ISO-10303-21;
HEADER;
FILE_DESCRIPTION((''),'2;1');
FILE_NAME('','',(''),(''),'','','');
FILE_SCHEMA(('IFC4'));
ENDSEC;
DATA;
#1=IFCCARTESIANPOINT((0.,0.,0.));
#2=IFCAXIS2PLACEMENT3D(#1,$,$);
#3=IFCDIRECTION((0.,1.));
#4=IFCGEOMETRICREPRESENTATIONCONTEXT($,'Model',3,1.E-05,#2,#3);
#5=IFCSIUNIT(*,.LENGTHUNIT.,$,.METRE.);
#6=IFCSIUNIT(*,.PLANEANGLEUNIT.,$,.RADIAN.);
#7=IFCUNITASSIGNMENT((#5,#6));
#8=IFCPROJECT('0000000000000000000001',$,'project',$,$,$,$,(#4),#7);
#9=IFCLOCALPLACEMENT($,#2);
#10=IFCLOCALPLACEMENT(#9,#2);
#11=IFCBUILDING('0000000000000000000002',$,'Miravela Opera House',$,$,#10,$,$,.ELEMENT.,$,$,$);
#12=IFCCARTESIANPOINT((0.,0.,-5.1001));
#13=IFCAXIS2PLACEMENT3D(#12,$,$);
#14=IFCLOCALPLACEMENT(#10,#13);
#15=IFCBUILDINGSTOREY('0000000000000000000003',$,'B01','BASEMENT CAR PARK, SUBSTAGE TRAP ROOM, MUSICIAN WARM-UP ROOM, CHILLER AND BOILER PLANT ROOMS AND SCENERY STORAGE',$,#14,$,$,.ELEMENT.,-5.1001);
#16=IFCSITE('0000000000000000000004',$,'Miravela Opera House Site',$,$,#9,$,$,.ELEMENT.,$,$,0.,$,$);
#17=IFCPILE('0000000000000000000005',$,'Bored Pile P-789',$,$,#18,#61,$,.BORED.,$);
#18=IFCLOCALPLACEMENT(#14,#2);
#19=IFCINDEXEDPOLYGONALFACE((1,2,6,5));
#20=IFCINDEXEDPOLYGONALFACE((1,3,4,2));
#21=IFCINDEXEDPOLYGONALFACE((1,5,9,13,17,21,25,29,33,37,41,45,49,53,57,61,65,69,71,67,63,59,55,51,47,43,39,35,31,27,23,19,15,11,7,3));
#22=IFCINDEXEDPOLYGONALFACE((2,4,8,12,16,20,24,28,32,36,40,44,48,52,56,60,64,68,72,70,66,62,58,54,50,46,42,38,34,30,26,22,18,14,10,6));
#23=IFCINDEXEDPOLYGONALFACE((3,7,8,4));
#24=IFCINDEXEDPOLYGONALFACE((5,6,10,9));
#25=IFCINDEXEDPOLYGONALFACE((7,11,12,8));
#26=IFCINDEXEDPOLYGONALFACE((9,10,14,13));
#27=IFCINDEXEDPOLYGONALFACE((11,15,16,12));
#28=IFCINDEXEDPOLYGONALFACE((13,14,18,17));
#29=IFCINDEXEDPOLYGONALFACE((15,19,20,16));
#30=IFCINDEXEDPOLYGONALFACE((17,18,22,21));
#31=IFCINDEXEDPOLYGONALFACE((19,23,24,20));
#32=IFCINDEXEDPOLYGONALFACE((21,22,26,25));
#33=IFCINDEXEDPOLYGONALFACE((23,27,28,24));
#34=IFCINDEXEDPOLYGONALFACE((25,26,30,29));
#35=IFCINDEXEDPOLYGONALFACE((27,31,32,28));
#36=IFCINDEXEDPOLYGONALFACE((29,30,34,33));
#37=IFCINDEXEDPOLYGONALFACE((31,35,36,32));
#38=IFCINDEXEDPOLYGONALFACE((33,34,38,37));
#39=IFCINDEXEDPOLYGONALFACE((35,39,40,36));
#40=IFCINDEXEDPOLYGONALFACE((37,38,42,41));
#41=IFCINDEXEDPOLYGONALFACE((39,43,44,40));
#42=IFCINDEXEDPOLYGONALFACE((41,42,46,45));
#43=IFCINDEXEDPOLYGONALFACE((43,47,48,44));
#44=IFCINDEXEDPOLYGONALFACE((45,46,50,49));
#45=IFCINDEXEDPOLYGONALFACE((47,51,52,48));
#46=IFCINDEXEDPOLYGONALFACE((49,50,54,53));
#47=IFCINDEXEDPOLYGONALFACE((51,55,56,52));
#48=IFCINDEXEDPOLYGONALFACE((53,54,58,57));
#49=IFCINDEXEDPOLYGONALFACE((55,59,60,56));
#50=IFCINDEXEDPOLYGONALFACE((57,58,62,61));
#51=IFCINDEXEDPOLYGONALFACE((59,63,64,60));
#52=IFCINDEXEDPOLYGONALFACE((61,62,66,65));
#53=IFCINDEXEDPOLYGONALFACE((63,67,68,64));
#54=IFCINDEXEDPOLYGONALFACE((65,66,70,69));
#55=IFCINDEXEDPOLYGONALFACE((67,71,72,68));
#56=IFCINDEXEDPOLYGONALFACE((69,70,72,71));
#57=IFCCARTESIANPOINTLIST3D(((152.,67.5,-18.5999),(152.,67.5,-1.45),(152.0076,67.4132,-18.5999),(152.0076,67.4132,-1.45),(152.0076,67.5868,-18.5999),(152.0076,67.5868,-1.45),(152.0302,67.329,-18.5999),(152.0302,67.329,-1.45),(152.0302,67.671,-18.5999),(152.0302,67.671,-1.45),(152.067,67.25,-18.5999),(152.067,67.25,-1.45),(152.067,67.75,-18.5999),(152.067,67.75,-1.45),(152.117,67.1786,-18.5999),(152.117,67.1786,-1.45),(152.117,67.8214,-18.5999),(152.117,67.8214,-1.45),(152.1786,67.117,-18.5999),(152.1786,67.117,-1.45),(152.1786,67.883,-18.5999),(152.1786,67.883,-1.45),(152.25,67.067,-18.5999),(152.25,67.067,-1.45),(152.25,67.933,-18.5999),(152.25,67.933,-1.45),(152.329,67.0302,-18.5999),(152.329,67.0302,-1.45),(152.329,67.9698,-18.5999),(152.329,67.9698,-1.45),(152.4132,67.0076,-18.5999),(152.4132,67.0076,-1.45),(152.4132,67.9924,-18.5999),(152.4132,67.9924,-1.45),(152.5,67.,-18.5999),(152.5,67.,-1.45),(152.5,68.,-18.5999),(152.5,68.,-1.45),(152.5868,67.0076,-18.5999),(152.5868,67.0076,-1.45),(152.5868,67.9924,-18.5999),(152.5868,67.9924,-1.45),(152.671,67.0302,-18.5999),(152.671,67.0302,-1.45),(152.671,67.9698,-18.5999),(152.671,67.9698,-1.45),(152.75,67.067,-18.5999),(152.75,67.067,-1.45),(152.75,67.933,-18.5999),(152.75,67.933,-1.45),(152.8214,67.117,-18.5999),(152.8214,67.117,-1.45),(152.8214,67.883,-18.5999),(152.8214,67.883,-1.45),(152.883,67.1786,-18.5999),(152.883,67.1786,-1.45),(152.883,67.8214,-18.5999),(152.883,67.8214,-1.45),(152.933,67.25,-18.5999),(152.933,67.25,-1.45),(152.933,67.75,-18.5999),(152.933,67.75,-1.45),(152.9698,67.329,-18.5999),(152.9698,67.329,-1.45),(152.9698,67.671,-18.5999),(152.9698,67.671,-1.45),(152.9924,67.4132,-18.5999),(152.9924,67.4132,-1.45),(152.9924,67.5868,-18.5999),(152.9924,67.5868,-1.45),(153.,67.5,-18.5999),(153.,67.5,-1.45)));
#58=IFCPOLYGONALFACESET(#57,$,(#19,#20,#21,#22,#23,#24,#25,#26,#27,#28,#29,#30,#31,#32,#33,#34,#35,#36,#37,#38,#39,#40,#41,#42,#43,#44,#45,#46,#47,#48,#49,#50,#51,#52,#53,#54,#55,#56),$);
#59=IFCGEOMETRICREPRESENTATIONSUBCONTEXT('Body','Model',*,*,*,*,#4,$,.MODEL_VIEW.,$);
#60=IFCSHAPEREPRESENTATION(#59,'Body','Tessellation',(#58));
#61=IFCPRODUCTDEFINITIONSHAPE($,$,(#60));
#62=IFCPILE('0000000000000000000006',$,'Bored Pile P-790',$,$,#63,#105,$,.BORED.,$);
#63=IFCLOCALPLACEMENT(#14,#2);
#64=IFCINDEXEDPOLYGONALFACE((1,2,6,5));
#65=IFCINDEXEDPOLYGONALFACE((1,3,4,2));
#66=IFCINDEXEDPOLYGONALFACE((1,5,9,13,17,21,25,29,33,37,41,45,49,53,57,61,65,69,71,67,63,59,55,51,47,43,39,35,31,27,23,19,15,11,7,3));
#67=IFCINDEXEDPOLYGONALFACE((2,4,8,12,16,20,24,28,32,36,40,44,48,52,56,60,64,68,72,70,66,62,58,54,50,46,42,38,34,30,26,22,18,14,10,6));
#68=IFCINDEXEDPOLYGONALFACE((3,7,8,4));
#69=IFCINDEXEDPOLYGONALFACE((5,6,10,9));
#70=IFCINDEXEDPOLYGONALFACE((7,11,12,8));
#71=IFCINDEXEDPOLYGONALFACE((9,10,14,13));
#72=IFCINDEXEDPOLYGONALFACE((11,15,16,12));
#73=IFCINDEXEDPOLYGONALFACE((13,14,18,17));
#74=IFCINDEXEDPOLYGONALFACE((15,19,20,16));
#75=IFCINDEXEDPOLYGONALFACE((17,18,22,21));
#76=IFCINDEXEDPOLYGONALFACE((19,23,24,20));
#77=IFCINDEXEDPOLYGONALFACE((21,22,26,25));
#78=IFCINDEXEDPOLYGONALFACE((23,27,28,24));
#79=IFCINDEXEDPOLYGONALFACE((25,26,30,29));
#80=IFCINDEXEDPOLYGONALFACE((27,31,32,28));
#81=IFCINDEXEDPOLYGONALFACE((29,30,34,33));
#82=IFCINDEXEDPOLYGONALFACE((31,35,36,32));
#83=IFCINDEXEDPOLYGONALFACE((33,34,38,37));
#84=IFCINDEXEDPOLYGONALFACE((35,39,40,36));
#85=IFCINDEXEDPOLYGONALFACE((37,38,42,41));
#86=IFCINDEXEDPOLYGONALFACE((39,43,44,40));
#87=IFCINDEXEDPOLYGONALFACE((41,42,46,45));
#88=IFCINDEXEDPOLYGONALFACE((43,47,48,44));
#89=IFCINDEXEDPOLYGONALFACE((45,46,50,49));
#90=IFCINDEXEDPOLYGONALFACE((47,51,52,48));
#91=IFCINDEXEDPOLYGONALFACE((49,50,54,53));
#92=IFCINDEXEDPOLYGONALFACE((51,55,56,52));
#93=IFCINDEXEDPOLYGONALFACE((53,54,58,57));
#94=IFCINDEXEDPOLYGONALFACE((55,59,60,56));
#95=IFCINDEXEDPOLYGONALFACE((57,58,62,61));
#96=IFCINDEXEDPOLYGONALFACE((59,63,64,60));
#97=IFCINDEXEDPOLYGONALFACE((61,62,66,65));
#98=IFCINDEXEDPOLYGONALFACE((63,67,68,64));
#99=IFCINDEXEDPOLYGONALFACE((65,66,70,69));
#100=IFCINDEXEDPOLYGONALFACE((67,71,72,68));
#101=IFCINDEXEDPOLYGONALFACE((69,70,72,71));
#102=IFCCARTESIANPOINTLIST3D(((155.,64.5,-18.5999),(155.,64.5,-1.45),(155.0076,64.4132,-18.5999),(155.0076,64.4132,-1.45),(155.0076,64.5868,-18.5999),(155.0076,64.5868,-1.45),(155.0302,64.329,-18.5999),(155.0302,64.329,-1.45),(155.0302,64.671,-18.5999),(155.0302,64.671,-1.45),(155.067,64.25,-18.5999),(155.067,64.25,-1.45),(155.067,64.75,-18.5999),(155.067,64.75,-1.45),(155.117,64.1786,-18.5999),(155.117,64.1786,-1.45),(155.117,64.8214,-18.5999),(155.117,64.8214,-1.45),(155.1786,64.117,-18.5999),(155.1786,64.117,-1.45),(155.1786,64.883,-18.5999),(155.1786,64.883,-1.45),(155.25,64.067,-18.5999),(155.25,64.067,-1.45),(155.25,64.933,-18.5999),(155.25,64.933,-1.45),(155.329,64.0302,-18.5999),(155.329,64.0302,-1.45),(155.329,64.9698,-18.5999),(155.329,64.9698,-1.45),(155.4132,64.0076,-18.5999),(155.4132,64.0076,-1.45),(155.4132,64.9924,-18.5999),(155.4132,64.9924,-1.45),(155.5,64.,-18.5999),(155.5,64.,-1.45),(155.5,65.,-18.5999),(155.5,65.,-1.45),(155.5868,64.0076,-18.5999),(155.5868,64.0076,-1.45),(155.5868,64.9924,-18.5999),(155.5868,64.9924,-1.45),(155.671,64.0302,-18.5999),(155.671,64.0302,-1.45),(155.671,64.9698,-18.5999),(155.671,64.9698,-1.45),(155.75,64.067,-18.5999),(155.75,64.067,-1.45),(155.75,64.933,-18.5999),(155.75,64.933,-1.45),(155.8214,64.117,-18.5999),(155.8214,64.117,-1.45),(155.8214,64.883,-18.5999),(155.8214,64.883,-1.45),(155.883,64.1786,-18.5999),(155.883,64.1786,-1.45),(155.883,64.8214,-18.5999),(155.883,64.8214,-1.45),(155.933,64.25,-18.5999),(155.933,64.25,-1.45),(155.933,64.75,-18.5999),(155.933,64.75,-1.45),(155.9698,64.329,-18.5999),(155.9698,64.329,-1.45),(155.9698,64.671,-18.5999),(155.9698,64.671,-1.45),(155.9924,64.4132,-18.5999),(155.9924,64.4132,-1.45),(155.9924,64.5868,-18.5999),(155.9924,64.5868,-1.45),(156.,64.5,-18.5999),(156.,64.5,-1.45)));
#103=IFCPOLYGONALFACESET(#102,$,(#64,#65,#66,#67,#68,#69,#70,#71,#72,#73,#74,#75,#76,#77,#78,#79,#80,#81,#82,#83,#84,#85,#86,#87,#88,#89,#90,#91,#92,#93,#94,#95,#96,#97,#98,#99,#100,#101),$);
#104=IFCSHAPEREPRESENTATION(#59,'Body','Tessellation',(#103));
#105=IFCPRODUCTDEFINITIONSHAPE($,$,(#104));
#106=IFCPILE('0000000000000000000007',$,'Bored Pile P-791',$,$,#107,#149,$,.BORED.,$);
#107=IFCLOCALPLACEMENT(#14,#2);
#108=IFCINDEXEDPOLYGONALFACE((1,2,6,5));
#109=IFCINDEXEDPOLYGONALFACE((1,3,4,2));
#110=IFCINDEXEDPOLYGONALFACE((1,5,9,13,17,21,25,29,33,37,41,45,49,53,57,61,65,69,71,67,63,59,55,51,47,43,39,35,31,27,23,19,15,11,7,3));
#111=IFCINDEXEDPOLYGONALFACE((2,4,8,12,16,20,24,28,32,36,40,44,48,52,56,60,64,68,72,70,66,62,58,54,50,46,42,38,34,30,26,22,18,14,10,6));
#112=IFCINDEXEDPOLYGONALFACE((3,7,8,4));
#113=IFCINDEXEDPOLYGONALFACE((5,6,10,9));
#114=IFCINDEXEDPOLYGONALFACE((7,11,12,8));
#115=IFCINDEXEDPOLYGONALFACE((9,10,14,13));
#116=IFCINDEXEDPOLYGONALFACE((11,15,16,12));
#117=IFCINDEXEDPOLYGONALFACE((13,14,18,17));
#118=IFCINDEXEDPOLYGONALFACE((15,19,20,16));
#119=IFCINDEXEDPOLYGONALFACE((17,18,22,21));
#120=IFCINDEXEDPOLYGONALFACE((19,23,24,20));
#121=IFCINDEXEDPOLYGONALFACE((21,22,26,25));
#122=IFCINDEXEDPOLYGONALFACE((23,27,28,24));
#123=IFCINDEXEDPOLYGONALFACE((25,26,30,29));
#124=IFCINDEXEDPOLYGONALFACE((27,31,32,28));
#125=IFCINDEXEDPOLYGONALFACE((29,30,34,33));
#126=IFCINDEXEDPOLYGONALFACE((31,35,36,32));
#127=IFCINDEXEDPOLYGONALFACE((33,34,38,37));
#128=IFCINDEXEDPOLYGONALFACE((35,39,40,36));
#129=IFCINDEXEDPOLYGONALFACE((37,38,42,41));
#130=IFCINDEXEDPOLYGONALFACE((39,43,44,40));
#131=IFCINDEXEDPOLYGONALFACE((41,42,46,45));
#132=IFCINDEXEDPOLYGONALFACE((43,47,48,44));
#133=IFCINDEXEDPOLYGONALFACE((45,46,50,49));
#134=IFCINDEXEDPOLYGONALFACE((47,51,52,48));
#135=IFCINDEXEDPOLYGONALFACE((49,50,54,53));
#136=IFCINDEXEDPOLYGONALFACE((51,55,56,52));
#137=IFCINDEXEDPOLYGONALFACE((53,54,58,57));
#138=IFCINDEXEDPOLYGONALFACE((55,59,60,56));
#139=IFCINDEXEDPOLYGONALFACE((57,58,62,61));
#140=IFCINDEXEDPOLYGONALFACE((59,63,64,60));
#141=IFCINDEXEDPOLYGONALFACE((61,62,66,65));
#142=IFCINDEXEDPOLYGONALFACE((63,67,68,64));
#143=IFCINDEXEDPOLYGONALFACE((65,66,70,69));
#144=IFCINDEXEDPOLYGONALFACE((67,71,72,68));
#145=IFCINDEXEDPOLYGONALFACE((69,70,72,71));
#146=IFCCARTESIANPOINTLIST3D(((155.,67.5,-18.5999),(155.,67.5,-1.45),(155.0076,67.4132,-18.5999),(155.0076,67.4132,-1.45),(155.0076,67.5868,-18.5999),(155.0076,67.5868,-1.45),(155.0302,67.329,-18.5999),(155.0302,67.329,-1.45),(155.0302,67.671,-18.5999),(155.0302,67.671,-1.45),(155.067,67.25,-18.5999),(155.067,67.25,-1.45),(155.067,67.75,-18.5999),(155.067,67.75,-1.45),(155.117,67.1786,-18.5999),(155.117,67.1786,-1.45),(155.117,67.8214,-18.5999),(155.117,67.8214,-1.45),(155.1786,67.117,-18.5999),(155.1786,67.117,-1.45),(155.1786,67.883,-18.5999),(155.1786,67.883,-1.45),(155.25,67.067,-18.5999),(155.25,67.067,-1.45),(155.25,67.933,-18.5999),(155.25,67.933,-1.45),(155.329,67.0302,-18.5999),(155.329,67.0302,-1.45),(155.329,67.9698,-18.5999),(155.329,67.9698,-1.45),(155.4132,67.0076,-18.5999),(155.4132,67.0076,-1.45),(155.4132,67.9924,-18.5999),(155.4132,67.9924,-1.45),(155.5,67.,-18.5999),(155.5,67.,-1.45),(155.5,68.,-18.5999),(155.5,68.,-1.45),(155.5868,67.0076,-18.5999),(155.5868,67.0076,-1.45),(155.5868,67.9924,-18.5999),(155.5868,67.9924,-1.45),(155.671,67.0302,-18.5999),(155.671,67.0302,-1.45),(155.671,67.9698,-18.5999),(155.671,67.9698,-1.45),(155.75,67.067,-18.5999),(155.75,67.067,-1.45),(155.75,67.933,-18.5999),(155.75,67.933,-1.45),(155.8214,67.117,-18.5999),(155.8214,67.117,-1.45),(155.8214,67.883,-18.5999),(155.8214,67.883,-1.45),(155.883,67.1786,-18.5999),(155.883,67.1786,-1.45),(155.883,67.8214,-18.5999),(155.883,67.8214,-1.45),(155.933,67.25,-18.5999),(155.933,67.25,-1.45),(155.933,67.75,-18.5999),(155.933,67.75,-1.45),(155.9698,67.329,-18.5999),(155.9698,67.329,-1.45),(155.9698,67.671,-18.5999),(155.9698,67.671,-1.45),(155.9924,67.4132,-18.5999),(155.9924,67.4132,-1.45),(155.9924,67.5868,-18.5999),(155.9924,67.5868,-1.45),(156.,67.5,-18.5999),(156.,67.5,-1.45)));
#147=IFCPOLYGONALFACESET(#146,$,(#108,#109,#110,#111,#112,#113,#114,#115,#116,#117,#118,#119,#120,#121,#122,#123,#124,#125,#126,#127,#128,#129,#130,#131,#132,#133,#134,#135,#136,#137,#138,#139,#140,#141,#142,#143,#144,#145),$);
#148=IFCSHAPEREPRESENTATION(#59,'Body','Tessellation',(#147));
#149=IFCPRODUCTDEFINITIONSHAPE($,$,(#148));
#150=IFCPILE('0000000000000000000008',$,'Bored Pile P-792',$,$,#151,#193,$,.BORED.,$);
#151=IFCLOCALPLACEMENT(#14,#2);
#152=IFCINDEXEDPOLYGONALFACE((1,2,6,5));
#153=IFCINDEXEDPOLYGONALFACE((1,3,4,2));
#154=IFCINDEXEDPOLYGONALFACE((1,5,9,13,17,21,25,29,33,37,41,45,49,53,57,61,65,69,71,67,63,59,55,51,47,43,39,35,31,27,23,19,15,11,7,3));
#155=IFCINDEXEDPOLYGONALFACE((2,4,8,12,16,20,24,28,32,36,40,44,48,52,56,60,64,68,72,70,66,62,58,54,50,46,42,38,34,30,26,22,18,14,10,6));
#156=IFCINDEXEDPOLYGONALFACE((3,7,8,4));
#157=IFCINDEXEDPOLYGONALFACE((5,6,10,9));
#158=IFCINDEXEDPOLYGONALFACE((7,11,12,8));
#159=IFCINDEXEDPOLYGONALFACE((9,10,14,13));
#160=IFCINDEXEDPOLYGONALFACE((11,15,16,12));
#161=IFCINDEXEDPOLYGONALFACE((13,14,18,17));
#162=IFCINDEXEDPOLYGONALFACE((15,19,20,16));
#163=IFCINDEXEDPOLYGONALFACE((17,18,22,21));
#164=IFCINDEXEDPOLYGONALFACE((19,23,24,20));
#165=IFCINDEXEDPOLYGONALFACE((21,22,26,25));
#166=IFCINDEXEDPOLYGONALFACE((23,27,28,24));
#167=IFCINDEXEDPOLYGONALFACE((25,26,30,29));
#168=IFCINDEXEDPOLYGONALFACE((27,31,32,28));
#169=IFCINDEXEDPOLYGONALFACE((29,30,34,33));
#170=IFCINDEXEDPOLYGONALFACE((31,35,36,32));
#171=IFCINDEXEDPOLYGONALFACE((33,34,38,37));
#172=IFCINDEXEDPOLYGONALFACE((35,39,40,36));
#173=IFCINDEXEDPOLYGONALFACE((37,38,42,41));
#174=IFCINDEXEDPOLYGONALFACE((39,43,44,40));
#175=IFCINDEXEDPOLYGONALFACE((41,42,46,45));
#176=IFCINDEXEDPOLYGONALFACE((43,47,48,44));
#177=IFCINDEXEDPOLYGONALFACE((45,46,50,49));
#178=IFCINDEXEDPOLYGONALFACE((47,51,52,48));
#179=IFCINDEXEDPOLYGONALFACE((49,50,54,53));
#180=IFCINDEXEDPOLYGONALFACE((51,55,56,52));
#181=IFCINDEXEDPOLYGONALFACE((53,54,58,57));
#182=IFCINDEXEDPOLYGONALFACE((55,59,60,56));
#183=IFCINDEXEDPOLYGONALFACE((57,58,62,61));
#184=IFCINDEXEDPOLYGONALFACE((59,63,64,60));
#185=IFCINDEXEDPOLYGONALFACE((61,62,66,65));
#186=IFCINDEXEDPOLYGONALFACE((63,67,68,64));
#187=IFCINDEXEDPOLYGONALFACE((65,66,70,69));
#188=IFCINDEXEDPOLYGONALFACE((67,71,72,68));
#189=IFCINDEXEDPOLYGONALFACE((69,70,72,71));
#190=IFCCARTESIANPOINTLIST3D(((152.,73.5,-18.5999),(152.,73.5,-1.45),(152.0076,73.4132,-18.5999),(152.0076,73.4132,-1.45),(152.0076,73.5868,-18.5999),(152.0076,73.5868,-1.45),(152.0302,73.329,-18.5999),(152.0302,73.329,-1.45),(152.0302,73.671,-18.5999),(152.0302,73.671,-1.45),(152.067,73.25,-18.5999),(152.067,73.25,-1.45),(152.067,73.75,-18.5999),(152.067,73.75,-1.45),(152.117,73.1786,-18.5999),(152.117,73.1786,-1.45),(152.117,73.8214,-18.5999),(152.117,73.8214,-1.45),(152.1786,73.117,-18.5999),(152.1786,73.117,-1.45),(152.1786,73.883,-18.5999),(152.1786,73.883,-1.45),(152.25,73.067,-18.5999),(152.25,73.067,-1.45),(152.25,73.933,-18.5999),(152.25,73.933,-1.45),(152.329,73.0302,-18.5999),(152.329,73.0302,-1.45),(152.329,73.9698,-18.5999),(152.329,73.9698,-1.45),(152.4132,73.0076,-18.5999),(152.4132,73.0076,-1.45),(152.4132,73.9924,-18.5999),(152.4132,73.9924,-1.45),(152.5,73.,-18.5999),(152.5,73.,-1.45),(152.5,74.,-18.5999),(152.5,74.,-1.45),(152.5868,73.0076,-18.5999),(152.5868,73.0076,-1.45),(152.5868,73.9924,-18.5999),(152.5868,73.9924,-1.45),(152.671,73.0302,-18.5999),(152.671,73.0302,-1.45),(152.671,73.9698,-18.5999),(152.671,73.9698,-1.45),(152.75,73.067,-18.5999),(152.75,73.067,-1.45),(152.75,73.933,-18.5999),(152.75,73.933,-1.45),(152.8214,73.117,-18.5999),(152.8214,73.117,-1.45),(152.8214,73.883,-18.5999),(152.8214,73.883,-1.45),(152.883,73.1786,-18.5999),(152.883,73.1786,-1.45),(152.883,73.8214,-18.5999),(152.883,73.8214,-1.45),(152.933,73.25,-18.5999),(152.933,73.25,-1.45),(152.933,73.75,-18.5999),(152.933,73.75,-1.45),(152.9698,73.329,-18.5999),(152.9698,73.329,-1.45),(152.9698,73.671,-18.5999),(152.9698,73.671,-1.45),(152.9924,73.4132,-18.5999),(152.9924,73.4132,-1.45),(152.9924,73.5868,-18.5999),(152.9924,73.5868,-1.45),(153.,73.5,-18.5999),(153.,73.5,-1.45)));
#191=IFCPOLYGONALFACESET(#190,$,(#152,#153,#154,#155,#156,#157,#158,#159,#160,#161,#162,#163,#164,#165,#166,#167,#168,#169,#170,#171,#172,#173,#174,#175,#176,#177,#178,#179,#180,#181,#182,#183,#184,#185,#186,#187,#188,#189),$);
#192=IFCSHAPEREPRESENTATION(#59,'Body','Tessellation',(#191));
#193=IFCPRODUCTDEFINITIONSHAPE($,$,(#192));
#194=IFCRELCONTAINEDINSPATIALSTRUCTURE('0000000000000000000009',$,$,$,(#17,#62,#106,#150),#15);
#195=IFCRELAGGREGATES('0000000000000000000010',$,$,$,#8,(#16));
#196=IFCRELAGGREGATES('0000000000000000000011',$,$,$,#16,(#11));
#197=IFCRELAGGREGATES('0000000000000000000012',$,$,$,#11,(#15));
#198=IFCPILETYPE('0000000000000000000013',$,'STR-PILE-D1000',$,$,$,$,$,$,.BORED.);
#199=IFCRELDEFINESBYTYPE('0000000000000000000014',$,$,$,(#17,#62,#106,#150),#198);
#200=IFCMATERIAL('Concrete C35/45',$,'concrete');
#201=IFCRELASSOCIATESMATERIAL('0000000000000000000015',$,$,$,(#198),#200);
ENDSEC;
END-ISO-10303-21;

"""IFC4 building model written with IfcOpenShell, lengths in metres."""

from ifc_helpers import new_model, si_unit, direction, frame, origin, origin_2d, place, context, subcontext, project, spatial, circle, extrude, material, material_profile, profile_set, type_object, element, save


model = new_model("IFC4")

# Units and contexts
model_context = context("Model", 3, precision=1e-05, world=origin(), true_north=direction((0.0, 1.0)))
body_context = subcontext(model_context, "Body", "Model", "MODEL_VIEW")
ifc_project = project(units=[si_unit("LENGTHUNIT", "METRE"), si_unit("PLANEANGLEUNIT", "RADIAN")], contexts=[model_context])

# Site, building, storey
site_placement = place(None, origin())
site = spatial("IfcSite", under=ifc_project, at=site_placement, Name="Miravela Opera House Site", CompositionType="ELEMENT", RefElevation=0.0)
building_placement = place(site_placement, origin())
building = spatial("IfcBuilding", under=site, at=building_placement, Name="Miravela Opera House", CompositionType="ELEMENT")
storey_placement = place(building_placement, frame((0.0, 0.0, -5.1001)))
storey = spatial("IfcBuildingStorey", under=building, at=storey_placement, Name="B01", Description="BASEMENT CAR PARK, SUBSTAGE TRAP ROOM, MUSICIAN WARM-UP ROOM, CHILLER AND BOILER PLANT ROOMS AND SCENERY STORAGE", CompositionType="ELEMENT", Elevation=-5.1001)

# Shared definitions
ifc_material_1 = material(Name="Concrete C35/45", Category="concrete")

# Piles
ifc_material_profile_1 = material_profile(ifc_material_1, circle(Radius=0.5, at=origin_2d()), Name="PILE-D1000")
ifc_profile_set_1 = profile_set([ifc_material_profile_1])
pile_type_1 = type_object("IfcPileType", Name="STR-PILE-D1000", PredefinedType="BORED", material=ifc_profile_set_1)
for number, where, z_axis, x_axis, name in (
    (1, (152.5, 67.5, -1.45), (0.0, 0.0, -1.0), (1.0, 0.0, 0.0), "Bored Pile P-789"),
    (2, (155.5, 64.5, -1.45), (0.0, 0.0, -1.0), (1.0, 0.0, 0.0), "Bored Pile P-790"),
    (3, (155.5, 67.5, -1.45), (0.0, 0.0, -1.0), (1.0, 0.0, 0.0), "Bored Pile P-791"),
    (4, (152.5, 73.5, -1.45), (0.0, 0.0, -1.0), (1.0, 0.0, 0.0), "Bored Pile P-792"),
):
    element("IfcPile", number, at=place(storey_placement, frame(where, z_axis=z_axis, x_axis=x_axis)), inside=storey, type_object=pile_type_1, Name=name, PredefinedType="BORED", context=body_context, shape_type="SweptSolid", body=[
        extrude(circle(Radius=0.5, at=origin_2d()), origin(), (0.0, 0.0, 1.0), 17.1499),
    ])

save(model, "model.ifc")
